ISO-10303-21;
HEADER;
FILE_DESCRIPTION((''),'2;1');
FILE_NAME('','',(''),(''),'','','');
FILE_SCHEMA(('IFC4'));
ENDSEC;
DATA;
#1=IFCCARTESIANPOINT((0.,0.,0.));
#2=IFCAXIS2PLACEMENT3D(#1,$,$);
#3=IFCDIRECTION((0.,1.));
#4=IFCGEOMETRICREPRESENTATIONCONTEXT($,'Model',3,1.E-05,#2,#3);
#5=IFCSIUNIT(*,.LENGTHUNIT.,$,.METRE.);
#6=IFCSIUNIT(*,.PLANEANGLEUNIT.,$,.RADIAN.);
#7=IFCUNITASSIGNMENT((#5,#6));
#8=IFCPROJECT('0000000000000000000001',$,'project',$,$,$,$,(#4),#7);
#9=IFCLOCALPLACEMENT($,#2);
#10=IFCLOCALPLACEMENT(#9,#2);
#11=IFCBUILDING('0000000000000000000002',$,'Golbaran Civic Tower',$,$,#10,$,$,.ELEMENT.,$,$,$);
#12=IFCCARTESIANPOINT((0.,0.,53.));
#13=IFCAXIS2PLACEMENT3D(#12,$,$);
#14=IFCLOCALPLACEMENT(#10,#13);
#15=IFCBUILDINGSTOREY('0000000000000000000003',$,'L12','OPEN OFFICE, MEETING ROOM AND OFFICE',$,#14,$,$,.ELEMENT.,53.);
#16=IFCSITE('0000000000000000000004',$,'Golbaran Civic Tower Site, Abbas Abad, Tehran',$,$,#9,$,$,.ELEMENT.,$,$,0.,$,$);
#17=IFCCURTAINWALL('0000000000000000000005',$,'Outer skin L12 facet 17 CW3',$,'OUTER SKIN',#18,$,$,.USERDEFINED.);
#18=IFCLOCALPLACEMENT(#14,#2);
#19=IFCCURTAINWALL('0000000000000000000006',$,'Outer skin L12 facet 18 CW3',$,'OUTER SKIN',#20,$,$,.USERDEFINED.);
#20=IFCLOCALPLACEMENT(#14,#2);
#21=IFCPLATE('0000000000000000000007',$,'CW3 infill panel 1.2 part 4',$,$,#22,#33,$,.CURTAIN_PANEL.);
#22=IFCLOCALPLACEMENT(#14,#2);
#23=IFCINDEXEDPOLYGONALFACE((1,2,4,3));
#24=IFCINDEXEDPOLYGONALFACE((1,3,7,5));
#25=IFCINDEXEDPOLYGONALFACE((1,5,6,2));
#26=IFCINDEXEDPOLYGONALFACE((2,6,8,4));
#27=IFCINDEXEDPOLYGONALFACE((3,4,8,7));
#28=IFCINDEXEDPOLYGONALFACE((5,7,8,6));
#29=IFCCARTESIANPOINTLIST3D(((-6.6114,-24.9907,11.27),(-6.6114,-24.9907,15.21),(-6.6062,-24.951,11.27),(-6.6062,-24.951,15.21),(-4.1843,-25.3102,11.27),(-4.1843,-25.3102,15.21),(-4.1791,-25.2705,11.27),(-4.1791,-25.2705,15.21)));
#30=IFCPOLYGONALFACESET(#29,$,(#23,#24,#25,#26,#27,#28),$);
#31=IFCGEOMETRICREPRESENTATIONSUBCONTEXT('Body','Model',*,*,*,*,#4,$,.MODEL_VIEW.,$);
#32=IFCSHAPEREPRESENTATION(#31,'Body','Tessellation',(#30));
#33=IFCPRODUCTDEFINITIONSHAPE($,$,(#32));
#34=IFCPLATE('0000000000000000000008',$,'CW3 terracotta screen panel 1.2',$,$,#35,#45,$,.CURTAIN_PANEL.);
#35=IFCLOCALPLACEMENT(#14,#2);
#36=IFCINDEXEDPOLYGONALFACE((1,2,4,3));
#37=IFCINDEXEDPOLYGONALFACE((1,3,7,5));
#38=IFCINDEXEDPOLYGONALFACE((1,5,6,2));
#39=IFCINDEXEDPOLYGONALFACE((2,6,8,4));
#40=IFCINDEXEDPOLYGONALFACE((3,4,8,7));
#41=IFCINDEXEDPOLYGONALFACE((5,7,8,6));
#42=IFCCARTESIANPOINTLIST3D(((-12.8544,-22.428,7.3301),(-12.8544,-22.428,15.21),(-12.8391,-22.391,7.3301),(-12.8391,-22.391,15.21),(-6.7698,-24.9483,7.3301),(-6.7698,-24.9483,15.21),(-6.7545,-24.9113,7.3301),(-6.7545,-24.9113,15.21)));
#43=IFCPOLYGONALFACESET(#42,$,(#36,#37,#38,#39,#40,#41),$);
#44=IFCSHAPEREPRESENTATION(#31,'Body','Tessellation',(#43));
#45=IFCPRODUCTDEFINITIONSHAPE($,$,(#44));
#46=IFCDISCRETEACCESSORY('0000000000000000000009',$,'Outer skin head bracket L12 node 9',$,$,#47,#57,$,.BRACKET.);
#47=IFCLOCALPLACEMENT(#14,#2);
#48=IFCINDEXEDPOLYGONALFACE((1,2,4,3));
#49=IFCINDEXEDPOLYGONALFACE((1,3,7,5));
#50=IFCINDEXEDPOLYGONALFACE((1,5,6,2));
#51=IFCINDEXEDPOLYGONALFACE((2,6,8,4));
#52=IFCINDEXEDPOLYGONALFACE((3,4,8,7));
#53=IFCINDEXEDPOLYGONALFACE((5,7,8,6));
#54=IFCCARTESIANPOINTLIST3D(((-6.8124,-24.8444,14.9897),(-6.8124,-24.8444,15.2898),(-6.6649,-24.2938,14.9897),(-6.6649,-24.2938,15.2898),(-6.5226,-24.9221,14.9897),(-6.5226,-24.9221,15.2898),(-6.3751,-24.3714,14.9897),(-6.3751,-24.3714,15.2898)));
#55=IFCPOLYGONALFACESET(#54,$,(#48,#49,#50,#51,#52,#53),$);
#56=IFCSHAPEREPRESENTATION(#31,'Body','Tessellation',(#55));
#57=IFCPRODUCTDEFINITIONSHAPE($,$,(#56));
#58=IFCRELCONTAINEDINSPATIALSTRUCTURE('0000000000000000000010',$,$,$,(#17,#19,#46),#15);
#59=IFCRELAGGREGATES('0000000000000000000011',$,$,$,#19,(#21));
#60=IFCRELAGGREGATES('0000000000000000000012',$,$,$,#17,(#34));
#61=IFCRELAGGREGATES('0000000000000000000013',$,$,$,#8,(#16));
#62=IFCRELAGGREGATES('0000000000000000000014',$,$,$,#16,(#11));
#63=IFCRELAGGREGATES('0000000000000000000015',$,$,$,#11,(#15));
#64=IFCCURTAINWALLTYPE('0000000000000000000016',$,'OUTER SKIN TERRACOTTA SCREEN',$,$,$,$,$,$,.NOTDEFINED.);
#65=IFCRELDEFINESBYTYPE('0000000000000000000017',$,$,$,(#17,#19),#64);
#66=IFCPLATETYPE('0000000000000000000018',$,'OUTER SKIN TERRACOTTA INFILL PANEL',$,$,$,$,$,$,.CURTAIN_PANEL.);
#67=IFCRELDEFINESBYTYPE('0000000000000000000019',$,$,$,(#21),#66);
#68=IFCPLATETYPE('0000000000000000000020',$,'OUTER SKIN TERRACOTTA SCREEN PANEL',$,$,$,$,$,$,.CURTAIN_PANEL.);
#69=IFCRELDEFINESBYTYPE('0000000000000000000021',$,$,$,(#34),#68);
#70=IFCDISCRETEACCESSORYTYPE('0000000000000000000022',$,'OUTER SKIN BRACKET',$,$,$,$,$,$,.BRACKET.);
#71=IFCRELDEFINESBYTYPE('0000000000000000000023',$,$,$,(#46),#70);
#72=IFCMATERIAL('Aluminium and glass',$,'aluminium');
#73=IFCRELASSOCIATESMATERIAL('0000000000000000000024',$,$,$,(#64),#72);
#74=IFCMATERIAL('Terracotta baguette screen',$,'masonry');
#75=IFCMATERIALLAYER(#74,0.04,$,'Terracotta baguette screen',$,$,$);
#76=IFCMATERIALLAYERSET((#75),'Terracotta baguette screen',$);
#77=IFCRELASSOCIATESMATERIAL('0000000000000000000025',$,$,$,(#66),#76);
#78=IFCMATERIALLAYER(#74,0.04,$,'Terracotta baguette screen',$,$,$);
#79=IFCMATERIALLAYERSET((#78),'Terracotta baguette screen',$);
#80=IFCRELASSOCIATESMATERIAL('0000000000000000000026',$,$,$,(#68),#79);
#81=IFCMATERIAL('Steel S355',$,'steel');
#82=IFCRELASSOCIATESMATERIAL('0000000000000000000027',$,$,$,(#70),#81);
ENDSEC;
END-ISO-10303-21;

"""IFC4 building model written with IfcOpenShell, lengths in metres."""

from ifc_helpers import new_model, si_unit, direction, frame, origin, origin_2d, place, context, subcontext, project, spatial, rectangle, extrude, material, layer, layer_set, type_object, element, aggregate, save


model = new_model("IFC4")

# Units and contexts
model_context = context("Model", 3, precision=1e-05, world=origin(), true_north=direction((0.0, 1.0)))
body_context = subcontext(model_context, "Body", "Model", "MODEL_VIEW")
ifc_project = project(units=[si_unit("LENGTHUNIT", "METRE"), si_unit("PLANEANGLEUNIT", "RADIAN")], contexts=[model_context])

# Site, building, storey
site_placement = place(None, origin())
site = spatial("IfcSite", under=ifc_project, at=site_placement, Name="Golbaran Civic Tower Site, Abbas Abad, Tehran", CompositionType="ELEMENT", RefElevation=0.0)
building_placement = place(site_placement, origin())
building = spatial("IfcBuilding", under=site, at=building_placement, Name="Golbaran Civic Tower", CompositionType="ELEMENT")
storey_placement = place(building_placement, frame((0.0, 0.0, 53.0)))
storey = spatial("IfcBuildingStorey", under=building, at=storey_placement, Name="L12", Description="OPEN OFFICE, MEETING ROOM AND OFFICE", CompositionType="ELEMENT", Elevation=53.0)

# Curtain walls
ifc_material_1 = material(Name="Aluminium and glass", Category="aluminium")
curtain_wall_type_1 = type_object("IfcCurtainWallType", Name="OUTER SKIN TERRACOTTA SCREEN", PredefinedType="NOTDEFINED", material=ifc_material_1)
curtain_wall_1_placement = place(storey_placement, origin())
curtain_wall_1 = element("IfcCurtainWall", 1, at=curtain_wall_1_placement, inside=storey, type_object=curtain_wall_type_1, Name="Outer skin L12 facet 17 CW3", ObjectType="OUTER SKIN", PredefinedType="USERDEFINED")
curtain_wall_2_placement = place(storey_placement, origin())
curtain_wall_2 = element("IfcCurtainWall", 2, at=curtain_wall_2_placement, inside=storey, type_object=curtain_wall_type_1, Name="Outer skin L12 facet 18 CW3", ObjectType="OUTER SKIN", PredefinedType="USERDEFINED")

# Plates
ifc_material_2 = material(Name="Terracotta baguette screen", Category="masonry")
ifc_layer_1 = layer(ifc_material_2, 0.04, Name="Terracotta baguette screen")
ifc_layer_set_1 = layer_set([ifc_layer_1], Name="Terracotta baguette screen")
plate_type_1 = type_object("IfcPlateType", Name="OUTER SKIN TERRACOTTA INFILL PANEL", PredefinedType="CURTAIN_PANEL", material=ifc_layer_set_1)
plate_1_placement = place(storey_placement, frame((-5.3953, -25.1306, 11.27), z_axis=(0.0, 0.0, 1.0), x_axis=(0.991445, -0.130526, 0.0)))
plate_1 = element("IfcPlate", 3, at=plate_1_placement, type_object=plate_type_1, Name="CW3 infill panel 1.2 part 4", PredefinedType="CURTAIN_PANEL", context=body_context, shape_type="SweptSolid", body=[
    extrude(rectangle(XDim=2.448, YDim=0.04, at=origin_2d()), origin(), (0.0, 0.0, 1.0), 3.9399),
])
aggregate(curtain_wall_2, [plate_1])
ifc_layer_2 = layer(ifc_material_2, 0.04, Name="Terracotta baguette screen")
ifc_layer_set_2 = layer_set([ifc_layer_2], Name="Terracotta baguette screen")
plate_type_2 = type_object("IfcPlateType", Name="OUTER SKIN TERRACOTTA SCREEN PANEL", PredefinedType="CURTAIN_PANEL", material=ifc_layer_set_2)
plate_2_placement = place(storey_placement, frame((-9.8044, -23.6697, 7.3301), z_axis=(0.0, 0.0, 1.0), x_axis=(0.92388, -0.382683, 0.0)))
plate_2 = element("IfcPlate", 4, at=plate_2_placement, type_object=plate_type_2, Name="CW3 terracotta screen panel 1.2", PredefinedType="CURTAIN_PANEL", context=body_context, shape_type="SweptSolid", body=[
    extrude(rectangle(XDim=6.5859, YDim=0.04, at=origin_2d()), origin(), (0.0, 0.0, 1.0), 7.8799),
])
aggregate(curtain_wall_1, [plate_2])

# Discrete accessory
ifc_material_3 = material(Name="Steel S355", Category="steel")
discrete_accessory_type = type_object("IfcDiscreteAccessoryType", Name="OUTER SKIN BRACKET", PredefinedType="BRACKET", material=ifc_material_3)
discrete_accessory_placement = place(storey_placement, frame((-6.5938, -24.6079, 14.9897), z_axis=(0.0, 0.0, 1.0), x_axis=(-0.258819, -0.965926, 0.0)))
element("IfcDiscreteAccessory", 5, at=discrete_accessory_placement, inside=storey, type_object=discrete_accessory_type, Name="Outer skin head bracket L12 node 9", PredefinedType="BRACKET", context=body_context, shape_type="SweptSolid", body=[
    extrude(rectangle(XDim=0.5701, YDim=0.3, at=origin_2d()), origin(), (0.0, 0.0, 1.0), 0.3),
])

save(model, "model.ifc")
